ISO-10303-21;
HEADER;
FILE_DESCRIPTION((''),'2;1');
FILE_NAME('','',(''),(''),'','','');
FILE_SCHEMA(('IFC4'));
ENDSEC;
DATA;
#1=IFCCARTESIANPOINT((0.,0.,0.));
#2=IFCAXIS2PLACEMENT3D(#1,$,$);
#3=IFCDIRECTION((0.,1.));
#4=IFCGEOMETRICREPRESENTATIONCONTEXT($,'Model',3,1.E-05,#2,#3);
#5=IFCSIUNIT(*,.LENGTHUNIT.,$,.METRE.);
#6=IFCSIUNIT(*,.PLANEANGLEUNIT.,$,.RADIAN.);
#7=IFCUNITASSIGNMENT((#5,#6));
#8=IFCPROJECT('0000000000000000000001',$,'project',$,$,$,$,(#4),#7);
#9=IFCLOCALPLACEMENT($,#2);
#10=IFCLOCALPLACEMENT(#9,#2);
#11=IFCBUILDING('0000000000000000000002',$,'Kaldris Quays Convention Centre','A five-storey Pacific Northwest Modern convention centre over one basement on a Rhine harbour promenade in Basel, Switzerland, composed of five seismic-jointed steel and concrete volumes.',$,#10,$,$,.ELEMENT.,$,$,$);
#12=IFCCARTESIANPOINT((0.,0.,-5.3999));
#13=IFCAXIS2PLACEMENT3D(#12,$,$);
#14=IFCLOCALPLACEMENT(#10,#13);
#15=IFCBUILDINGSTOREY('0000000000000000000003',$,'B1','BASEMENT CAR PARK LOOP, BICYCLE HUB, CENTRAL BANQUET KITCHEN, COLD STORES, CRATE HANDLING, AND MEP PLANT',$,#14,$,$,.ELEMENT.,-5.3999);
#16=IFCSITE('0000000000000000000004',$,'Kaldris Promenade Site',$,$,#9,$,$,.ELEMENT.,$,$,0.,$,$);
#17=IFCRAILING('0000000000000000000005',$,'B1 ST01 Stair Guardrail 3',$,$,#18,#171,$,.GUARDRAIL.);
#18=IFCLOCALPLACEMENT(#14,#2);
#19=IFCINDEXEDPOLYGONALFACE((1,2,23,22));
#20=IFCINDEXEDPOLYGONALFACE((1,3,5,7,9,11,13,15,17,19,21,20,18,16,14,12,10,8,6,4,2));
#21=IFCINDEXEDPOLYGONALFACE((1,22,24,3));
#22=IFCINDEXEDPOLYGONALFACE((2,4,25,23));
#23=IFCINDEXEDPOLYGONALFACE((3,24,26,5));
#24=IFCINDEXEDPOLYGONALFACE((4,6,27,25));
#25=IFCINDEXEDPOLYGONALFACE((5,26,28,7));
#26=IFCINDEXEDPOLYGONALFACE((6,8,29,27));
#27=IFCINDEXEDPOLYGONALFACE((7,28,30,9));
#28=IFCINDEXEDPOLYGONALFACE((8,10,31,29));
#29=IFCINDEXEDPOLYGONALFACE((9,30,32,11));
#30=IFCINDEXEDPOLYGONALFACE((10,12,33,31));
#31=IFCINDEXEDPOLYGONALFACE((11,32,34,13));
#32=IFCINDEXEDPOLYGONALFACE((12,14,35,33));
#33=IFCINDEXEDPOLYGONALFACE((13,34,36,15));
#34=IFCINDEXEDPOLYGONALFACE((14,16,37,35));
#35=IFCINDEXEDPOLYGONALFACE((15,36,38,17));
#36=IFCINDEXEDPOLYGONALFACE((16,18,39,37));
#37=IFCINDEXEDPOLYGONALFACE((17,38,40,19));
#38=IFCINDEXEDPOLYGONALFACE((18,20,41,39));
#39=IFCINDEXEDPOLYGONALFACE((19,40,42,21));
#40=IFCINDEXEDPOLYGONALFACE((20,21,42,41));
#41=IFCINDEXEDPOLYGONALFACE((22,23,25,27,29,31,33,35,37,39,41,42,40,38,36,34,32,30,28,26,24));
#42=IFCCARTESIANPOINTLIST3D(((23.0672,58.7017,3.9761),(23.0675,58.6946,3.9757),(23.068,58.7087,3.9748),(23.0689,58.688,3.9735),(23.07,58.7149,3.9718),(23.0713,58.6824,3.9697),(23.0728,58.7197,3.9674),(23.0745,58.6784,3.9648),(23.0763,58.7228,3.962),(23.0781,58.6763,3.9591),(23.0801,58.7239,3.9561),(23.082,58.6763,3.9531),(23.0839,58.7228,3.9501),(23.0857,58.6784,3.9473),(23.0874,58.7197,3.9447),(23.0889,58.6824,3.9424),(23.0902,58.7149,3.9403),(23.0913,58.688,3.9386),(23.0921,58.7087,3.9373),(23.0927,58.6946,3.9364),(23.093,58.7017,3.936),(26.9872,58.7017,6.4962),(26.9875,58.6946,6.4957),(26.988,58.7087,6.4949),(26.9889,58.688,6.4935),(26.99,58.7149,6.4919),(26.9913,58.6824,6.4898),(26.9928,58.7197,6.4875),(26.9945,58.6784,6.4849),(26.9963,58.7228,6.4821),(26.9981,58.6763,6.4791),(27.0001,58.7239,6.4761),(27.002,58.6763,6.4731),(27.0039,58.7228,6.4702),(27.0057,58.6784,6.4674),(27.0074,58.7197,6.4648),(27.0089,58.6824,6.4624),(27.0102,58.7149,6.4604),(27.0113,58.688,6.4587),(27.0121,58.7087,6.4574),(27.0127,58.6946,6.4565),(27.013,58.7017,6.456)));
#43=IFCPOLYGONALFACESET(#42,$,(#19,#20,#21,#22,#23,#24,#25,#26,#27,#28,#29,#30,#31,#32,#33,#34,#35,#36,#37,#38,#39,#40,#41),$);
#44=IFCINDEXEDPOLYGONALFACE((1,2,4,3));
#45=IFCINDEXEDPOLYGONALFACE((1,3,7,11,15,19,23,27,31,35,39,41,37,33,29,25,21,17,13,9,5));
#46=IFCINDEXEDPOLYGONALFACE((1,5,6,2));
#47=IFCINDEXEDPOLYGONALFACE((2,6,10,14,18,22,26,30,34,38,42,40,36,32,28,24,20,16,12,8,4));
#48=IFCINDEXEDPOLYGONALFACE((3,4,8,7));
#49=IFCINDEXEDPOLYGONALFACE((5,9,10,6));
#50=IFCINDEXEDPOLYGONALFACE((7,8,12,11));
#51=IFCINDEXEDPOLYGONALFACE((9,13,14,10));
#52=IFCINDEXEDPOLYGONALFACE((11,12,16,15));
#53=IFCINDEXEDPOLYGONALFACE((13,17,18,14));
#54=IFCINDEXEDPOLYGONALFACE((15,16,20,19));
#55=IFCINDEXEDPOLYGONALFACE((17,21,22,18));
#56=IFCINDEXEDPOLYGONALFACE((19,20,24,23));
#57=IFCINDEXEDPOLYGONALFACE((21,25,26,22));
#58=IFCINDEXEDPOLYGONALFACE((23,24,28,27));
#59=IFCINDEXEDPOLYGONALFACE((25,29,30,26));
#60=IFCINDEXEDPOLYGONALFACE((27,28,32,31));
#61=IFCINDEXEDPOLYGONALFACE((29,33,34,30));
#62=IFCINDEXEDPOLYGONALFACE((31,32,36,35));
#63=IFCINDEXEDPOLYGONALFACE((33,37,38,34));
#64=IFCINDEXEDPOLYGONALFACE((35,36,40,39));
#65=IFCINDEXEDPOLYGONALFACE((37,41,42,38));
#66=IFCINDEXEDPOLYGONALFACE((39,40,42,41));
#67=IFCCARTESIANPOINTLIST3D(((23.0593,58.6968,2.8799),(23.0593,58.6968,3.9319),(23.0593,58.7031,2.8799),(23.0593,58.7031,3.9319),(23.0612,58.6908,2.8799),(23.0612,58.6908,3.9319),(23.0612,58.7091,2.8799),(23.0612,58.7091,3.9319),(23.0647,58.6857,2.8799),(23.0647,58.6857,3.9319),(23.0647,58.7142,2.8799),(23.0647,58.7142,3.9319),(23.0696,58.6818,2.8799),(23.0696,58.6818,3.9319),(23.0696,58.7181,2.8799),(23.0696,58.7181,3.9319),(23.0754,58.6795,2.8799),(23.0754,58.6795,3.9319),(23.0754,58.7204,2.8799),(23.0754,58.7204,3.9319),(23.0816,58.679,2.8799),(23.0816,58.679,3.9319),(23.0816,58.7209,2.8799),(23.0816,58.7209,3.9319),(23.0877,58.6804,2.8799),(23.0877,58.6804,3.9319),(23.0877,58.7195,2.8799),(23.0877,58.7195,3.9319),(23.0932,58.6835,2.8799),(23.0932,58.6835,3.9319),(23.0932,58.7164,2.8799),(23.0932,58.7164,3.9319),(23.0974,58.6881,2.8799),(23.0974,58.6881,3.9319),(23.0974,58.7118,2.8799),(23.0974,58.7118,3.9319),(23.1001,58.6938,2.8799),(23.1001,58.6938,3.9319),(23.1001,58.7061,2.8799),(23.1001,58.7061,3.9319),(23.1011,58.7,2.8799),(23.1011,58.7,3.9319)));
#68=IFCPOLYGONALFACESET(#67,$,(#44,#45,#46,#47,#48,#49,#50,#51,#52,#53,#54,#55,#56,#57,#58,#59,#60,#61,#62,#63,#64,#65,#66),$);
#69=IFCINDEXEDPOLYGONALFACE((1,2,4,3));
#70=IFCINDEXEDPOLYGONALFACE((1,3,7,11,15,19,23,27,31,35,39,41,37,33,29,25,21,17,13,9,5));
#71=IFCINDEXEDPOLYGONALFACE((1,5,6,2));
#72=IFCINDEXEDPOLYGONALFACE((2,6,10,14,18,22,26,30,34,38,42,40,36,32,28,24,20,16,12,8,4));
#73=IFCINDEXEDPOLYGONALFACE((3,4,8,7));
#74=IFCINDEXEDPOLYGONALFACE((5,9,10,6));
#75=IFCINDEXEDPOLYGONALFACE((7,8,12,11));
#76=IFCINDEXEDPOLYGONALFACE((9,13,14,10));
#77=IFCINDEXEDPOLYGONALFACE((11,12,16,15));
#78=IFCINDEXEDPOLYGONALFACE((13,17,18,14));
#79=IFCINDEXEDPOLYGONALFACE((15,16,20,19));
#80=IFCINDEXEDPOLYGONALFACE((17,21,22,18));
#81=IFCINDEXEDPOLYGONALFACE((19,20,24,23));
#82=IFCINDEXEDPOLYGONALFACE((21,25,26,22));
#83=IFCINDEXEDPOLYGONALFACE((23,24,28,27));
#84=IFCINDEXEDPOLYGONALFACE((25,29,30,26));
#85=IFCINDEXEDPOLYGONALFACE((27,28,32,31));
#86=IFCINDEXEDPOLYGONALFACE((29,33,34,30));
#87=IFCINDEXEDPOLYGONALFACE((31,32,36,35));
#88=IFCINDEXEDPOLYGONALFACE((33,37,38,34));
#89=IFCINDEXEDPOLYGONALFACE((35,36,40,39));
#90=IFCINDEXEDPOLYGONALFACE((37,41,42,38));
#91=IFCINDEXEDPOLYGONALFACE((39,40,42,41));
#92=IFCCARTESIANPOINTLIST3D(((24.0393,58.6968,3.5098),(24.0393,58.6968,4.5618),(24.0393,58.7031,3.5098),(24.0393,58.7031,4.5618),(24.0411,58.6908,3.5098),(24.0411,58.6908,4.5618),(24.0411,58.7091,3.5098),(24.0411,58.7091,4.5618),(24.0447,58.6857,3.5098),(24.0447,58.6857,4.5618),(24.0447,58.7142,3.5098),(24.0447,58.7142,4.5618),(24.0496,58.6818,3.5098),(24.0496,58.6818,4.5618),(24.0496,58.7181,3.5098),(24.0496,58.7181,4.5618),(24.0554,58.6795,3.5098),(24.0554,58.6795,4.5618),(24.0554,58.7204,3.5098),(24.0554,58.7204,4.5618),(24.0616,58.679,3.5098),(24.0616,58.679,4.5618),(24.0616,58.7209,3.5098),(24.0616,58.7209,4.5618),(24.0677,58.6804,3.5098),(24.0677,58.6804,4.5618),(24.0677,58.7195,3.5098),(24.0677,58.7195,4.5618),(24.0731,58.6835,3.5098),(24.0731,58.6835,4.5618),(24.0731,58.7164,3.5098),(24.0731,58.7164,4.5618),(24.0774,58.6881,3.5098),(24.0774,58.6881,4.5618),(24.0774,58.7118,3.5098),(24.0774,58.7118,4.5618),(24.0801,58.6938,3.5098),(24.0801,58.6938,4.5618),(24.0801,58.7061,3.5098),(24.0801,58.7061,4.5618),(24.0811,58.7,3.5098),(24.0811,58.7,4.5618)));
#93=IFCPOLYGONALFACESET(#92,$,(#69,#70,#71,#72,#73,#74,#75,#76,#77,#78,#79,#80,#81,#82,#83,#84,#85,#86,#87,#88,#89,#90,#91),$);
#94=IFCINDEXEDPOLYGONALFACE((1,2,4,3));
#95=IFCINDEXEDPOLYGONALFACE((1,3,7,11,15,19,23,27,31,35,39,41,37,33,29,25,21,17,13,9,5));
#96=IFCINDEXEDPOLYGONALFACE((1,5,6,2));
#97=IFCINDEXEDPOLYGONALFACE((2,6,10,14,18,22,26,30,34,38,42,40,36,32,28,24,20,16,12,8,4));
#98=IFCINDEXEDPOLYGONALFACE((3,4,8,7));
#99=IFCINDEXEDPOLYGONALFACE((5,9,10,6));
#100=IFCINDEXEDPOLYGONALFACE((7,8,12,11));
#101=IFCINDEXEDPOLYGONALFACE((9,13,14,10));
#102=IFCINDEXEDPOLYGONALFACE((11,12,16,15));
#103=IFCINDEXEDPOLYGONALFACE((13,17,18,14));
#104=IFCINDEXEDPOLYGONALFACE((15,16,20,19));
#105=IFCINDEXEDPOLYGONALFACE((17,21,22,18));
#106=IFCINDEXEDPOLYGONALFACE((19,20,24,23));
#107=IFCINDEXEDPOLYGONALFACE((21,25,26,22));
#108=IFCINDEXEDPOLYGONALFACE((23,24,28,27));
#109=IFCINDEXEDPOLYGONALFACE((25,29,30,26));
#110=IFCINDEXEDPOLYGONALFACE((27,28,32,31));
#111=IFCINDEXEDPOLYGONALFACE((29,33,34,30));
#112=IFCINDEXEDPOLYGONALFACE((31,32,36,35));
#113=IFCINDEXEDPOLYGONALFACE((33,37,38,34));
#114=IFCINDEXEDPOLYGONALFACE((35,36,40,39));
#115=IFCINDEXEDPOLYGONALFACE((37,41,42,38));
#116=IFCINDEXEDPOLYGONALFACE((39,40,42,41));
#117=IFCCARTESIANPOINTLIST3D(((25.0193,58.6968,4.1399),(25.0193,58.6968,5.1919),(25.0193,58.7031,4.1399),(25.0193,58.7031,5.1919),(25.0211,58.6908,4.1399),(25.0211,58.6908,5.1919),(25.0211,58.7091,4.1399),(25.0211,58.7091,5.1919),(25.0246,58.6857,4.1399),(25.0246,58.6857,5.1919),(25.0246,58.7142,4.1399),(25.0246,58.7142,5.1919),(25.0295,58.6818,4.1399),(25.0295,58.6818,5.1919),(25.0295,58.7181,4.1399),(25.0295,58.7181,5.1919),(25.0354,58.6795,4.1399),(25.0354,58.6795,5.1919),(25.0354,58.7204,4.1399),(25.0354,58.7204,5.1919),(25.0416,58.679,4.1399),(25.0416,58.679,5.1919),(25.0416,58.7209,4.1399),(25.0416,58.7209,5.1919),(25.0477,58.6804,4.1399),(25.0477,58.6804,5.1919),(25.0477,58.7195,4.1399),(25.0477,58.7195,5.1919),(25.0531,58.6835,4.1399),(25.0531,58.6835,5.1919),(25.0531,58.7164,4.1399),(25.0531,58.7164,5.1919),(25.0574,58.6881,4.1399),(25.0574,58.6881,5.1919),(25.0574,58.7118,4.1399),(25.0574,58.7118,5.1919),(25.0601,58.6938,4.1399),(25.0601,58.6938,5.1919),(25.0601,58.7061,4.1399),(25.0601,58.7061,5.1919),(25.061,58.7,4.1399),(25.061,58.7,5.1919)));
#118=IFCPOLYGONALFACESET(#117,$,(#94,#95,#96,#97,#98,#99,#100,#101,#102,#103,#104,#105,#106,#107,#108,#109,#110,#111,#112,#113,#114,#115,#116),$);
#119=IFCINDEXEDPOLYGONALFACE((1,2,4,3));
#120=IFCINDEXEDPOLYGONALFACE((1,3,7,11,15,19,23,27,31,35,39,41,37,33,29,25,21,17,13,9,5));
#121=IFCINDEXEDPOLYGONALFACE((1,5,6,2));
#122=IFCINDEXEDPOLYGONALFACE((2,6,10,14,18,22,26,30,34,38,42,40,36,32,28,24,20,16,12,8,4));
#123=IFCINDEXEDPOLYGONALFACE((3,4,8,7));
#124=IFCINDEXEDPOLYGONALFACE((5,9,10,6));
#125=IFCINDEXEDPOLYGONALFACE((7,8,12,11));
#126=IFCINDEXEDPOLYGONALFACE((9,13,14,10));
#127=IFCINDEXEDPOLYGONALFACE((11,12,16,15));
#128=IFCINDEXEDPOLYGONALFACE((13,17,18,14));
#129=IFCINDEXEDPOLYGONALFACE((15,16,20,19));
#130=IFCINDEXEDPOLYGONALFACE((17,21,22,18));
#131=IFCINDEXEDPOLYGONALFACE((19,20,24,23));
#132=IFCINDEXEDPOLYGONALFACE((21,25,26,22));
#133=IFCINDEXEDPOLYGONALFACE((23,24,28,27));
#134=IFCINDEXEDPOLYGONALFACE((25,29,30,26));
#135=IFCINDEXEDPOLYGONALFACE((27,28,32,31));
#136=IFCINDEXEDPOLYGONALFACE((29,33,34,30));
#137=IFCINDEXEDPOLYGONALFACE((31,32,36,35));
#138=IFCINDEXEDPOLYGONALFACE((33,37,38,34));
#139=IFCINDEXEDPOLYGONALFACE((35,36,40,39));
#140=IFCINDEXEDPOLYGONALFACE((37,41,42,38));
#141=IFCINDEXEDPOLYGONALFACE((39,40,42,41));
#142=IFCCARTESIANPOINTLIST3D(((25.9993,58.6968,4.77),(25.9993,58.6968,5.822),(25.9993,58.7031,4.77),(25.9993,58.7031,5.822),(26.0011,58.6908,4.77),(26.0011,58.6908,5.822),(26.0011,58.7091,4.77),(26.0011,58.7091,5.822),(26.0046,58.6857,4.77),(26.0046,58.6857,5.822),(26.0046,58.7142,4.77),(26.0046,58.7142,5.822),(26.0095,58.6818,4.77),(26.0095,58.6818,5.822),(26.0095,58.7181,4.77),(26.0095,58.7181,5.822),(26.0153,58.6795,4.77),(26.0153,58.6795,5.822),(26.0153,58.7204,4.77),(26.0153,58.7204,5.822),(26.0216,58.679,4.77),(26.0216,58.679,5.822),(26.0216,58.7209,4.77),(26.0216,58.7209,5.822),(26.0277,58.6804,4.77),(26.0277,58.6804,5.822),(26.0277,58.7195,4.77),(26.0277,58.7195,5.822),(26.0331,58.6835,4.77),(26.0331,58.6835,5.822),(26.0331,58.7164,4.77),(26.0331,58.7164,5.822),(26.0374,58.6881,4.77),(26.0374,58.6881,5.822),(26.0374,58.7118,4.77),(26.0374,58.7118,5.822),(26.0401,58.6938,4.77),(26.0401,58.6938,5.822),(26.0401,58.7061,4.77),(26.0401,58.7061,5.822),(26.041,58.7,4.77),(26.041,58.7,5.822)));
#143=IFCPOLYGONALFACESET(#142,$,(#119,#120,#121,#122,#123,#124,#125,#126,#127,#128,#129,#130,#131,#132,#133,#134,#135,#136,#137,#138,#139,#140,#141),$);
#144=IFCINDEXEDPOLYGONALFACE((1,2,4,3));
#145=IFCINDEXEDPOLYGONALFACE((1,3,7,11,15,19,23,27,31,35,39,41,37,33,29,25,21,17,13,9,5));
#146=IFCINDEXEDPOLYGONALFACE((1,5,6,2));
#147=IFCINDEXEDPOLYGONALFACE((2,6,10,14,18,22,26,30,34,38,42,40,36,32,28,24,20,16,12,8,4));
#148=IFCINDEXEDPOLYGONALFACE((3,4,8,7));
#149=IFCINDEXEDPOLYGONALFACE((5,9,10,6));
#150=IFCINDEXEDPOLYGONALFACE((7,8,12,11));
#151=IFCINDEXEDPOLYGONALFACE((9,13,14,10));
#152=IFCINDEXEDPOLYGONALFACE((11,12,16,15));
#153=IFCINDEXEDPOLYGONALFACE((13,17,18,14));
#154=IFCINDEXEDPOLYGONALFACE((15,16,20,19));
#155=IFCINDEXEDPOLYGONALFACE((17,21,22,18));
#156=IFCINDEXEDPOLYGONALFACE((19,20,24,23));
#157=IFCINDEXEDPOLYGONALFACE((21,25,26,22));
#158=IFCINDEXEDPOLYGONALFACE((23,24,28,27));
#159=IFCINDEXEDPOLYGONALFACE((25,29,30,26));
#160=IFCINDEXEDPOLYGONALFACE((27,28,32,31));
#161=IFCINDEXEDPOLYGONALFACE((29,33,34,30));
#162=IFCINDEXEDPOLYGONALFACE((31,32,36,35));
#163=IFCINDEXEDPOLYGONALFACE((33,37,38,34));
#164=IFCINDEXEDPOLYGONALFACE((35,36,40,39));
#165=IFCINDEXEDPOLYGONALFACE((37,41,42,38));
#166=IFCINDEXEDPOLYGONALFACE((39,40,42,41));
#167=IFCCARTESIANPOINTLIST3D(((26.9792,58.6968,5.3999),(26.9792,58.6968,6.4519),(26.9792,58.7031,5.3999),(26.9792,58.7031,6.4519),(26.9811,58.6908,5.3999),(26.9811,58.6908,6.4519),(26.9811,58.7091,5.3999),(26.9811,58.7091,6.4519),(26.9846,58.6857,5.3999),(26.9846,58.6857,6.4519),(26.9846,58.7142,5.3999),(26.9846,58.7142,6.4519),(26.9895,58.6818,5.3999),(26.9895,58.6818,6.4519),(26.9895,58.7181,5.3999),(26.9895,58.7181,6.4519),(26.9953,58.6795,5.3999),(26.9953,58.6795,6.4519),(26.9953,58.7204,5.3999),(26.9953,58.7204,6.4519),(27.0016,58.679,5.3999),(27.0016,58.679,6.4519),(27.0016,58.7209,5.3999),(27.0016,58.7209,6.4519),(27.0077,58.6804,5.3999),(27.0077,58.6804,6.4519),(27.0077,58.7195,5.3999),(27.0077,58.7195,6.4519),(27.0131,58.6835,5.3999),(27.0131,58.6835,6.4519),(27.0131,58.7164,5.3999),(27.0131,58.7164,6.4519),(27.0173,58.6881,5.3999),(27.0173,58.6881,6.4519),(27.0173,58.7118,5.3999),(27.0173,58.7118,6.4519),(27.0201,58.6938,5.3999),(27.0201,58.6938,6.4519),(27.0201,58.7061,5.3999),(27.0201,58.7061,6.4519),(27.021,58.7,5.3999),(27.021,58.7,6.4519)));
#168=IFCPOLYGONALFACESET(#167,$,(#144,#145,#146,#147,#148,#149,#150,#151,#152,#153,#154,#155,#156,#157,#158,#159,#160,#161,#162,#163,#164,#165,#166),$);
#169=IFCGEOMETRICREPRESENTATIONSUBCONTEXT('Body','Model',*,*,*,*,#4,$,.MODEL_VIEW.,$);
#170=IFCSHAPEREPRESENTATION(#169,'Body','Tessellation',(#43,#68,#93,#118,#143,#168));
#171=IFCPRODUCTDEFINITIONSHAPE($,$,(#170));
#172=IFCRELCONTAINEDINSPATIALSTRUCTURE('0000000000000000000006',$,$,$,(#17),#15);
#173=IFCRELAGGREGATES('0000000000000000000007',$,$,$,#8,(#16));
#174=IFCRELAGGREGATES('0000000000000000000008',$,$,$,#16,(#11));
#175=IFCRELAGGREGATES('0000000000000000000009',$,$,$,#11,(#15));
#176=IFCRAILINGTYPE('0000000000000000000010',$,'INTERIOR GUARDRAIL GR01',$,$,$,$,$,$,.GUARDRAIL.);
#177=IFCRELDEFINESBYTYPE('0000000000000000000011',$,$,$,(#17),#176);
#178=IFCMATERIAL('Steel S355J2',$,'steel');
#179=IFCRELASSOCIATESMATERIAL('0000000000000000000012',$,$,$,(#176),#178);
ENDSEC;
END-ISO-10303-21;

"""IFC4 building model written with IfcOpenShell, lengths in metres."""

from ifc_helpers import new_model, si_unit, direction, frame, origin, origin_2d, place, context, subcontext, project, spatial, circle, extrude, material, type_object, element, save


model = new_model("IFC4")

# Units and contexts
model_context = context("Model", 3, precision=1e-05, world=origin(), true_north=direction((0.0, 1.0)))
body_context = subcontext(model_context, "Body", "Model", "MODEL_VIEW")
ifc_project = project(units=[si_unit("LENGTHUNIT", "METRE"), si_unit("PLANEANGLEUNIT", "RADIAN")], contexts=[model_context])

# Site, building, storey
site_placement = place(None, origin())
site = spatial("IfcSite", under=ifc_project, at=site_placement, Name="Kaldris Promenade Site", CompositionType="ELEMENT", RefElevation=0.0)
building_placement = place(site_placement, origin())
building = spatial("IfcBuilding", under=site, at=building_placement, Name="Kaldris Quays Convention Centre", Description="A five-storey Pacific Northwest Modern convention centre over one basement on a Rhine harbour promenade in Basel, Switzerland, composed of five seismic-jointed steel and concrete volumes.", CompositionType="ELEMENT")
storey_placement = place(building_placement, frame((0.0, 0.0, -5.3999)))
storey = spatial("IfcBuildingStorey", under=building, at=storey_placement, Name="B1", Description="BASEMENT CAR PARK LOOP, BICYCLE HUB, CENTRAL BANQUET KITCHEN, COLD STORES, CRATE HANDLING, AND MEP PLANT", CompositionType="ELEMENT", Elevation=-5.3999)

# Shared definitions
ifc_material_1 = material(Name="Steel S355J2", Category="steel")

# Railing
railing_type_1 = type_object("IfcRailingType", Name="INTERIOR GUARDRAIL GR01", PredefinedType="GUARDRAIL", material=ifc_material_1)
railing_1_placement = place(storey_placement, frame((23.0801, 58.7, 2.8799)))
element("IfcRailing", 1, at=railing_1_placement, inside=storey, type_object=railing_type_1, Name="B1 ST01 Stair Guardrail 3", PredefinedType="GUARDRAIL", context=body_context, shape_type="SweptSolid", body=[
    extrude(circle(Radius=0.0239, at=origin_2d()), frame((0.0, 0.0, 1.0762), z_axis=(0.841172, 0.0, 0.540768), x_axis=(0.0, 1.0, 0.0)), (0.0, 0.0, 1.0), 4.6602),
    extrude(circle(Radius=0.021, at=origin_2d()), origin(), (0.0, 0.0, 1.0), 1.052),
    extrude(circle(Radius=0.021, at=origin_2d()), frame((0.98, 0.0, 0.6299)), (0.0, 0.0, 1.0), 1.052),
    extrude(circle(Radius=0.021, at=origin_2d()), frame((1.96, 0.0, 1.26)), (0.0, 0.0, 1.0), 1.052),
    extrude(circle(Radius=0.021, at=origin_2d()), frame((2.9399, 0.0, 1.8901)), (0.0, 0.0, 1.0), 1.052),
    extrude(circle(Radius=0.021, at=origin_2d()), frame((3.9199, 0.0, 2.52)), (0.0, 0.0, 1.0), 1.052),
])

save(model, "model.ifc")
